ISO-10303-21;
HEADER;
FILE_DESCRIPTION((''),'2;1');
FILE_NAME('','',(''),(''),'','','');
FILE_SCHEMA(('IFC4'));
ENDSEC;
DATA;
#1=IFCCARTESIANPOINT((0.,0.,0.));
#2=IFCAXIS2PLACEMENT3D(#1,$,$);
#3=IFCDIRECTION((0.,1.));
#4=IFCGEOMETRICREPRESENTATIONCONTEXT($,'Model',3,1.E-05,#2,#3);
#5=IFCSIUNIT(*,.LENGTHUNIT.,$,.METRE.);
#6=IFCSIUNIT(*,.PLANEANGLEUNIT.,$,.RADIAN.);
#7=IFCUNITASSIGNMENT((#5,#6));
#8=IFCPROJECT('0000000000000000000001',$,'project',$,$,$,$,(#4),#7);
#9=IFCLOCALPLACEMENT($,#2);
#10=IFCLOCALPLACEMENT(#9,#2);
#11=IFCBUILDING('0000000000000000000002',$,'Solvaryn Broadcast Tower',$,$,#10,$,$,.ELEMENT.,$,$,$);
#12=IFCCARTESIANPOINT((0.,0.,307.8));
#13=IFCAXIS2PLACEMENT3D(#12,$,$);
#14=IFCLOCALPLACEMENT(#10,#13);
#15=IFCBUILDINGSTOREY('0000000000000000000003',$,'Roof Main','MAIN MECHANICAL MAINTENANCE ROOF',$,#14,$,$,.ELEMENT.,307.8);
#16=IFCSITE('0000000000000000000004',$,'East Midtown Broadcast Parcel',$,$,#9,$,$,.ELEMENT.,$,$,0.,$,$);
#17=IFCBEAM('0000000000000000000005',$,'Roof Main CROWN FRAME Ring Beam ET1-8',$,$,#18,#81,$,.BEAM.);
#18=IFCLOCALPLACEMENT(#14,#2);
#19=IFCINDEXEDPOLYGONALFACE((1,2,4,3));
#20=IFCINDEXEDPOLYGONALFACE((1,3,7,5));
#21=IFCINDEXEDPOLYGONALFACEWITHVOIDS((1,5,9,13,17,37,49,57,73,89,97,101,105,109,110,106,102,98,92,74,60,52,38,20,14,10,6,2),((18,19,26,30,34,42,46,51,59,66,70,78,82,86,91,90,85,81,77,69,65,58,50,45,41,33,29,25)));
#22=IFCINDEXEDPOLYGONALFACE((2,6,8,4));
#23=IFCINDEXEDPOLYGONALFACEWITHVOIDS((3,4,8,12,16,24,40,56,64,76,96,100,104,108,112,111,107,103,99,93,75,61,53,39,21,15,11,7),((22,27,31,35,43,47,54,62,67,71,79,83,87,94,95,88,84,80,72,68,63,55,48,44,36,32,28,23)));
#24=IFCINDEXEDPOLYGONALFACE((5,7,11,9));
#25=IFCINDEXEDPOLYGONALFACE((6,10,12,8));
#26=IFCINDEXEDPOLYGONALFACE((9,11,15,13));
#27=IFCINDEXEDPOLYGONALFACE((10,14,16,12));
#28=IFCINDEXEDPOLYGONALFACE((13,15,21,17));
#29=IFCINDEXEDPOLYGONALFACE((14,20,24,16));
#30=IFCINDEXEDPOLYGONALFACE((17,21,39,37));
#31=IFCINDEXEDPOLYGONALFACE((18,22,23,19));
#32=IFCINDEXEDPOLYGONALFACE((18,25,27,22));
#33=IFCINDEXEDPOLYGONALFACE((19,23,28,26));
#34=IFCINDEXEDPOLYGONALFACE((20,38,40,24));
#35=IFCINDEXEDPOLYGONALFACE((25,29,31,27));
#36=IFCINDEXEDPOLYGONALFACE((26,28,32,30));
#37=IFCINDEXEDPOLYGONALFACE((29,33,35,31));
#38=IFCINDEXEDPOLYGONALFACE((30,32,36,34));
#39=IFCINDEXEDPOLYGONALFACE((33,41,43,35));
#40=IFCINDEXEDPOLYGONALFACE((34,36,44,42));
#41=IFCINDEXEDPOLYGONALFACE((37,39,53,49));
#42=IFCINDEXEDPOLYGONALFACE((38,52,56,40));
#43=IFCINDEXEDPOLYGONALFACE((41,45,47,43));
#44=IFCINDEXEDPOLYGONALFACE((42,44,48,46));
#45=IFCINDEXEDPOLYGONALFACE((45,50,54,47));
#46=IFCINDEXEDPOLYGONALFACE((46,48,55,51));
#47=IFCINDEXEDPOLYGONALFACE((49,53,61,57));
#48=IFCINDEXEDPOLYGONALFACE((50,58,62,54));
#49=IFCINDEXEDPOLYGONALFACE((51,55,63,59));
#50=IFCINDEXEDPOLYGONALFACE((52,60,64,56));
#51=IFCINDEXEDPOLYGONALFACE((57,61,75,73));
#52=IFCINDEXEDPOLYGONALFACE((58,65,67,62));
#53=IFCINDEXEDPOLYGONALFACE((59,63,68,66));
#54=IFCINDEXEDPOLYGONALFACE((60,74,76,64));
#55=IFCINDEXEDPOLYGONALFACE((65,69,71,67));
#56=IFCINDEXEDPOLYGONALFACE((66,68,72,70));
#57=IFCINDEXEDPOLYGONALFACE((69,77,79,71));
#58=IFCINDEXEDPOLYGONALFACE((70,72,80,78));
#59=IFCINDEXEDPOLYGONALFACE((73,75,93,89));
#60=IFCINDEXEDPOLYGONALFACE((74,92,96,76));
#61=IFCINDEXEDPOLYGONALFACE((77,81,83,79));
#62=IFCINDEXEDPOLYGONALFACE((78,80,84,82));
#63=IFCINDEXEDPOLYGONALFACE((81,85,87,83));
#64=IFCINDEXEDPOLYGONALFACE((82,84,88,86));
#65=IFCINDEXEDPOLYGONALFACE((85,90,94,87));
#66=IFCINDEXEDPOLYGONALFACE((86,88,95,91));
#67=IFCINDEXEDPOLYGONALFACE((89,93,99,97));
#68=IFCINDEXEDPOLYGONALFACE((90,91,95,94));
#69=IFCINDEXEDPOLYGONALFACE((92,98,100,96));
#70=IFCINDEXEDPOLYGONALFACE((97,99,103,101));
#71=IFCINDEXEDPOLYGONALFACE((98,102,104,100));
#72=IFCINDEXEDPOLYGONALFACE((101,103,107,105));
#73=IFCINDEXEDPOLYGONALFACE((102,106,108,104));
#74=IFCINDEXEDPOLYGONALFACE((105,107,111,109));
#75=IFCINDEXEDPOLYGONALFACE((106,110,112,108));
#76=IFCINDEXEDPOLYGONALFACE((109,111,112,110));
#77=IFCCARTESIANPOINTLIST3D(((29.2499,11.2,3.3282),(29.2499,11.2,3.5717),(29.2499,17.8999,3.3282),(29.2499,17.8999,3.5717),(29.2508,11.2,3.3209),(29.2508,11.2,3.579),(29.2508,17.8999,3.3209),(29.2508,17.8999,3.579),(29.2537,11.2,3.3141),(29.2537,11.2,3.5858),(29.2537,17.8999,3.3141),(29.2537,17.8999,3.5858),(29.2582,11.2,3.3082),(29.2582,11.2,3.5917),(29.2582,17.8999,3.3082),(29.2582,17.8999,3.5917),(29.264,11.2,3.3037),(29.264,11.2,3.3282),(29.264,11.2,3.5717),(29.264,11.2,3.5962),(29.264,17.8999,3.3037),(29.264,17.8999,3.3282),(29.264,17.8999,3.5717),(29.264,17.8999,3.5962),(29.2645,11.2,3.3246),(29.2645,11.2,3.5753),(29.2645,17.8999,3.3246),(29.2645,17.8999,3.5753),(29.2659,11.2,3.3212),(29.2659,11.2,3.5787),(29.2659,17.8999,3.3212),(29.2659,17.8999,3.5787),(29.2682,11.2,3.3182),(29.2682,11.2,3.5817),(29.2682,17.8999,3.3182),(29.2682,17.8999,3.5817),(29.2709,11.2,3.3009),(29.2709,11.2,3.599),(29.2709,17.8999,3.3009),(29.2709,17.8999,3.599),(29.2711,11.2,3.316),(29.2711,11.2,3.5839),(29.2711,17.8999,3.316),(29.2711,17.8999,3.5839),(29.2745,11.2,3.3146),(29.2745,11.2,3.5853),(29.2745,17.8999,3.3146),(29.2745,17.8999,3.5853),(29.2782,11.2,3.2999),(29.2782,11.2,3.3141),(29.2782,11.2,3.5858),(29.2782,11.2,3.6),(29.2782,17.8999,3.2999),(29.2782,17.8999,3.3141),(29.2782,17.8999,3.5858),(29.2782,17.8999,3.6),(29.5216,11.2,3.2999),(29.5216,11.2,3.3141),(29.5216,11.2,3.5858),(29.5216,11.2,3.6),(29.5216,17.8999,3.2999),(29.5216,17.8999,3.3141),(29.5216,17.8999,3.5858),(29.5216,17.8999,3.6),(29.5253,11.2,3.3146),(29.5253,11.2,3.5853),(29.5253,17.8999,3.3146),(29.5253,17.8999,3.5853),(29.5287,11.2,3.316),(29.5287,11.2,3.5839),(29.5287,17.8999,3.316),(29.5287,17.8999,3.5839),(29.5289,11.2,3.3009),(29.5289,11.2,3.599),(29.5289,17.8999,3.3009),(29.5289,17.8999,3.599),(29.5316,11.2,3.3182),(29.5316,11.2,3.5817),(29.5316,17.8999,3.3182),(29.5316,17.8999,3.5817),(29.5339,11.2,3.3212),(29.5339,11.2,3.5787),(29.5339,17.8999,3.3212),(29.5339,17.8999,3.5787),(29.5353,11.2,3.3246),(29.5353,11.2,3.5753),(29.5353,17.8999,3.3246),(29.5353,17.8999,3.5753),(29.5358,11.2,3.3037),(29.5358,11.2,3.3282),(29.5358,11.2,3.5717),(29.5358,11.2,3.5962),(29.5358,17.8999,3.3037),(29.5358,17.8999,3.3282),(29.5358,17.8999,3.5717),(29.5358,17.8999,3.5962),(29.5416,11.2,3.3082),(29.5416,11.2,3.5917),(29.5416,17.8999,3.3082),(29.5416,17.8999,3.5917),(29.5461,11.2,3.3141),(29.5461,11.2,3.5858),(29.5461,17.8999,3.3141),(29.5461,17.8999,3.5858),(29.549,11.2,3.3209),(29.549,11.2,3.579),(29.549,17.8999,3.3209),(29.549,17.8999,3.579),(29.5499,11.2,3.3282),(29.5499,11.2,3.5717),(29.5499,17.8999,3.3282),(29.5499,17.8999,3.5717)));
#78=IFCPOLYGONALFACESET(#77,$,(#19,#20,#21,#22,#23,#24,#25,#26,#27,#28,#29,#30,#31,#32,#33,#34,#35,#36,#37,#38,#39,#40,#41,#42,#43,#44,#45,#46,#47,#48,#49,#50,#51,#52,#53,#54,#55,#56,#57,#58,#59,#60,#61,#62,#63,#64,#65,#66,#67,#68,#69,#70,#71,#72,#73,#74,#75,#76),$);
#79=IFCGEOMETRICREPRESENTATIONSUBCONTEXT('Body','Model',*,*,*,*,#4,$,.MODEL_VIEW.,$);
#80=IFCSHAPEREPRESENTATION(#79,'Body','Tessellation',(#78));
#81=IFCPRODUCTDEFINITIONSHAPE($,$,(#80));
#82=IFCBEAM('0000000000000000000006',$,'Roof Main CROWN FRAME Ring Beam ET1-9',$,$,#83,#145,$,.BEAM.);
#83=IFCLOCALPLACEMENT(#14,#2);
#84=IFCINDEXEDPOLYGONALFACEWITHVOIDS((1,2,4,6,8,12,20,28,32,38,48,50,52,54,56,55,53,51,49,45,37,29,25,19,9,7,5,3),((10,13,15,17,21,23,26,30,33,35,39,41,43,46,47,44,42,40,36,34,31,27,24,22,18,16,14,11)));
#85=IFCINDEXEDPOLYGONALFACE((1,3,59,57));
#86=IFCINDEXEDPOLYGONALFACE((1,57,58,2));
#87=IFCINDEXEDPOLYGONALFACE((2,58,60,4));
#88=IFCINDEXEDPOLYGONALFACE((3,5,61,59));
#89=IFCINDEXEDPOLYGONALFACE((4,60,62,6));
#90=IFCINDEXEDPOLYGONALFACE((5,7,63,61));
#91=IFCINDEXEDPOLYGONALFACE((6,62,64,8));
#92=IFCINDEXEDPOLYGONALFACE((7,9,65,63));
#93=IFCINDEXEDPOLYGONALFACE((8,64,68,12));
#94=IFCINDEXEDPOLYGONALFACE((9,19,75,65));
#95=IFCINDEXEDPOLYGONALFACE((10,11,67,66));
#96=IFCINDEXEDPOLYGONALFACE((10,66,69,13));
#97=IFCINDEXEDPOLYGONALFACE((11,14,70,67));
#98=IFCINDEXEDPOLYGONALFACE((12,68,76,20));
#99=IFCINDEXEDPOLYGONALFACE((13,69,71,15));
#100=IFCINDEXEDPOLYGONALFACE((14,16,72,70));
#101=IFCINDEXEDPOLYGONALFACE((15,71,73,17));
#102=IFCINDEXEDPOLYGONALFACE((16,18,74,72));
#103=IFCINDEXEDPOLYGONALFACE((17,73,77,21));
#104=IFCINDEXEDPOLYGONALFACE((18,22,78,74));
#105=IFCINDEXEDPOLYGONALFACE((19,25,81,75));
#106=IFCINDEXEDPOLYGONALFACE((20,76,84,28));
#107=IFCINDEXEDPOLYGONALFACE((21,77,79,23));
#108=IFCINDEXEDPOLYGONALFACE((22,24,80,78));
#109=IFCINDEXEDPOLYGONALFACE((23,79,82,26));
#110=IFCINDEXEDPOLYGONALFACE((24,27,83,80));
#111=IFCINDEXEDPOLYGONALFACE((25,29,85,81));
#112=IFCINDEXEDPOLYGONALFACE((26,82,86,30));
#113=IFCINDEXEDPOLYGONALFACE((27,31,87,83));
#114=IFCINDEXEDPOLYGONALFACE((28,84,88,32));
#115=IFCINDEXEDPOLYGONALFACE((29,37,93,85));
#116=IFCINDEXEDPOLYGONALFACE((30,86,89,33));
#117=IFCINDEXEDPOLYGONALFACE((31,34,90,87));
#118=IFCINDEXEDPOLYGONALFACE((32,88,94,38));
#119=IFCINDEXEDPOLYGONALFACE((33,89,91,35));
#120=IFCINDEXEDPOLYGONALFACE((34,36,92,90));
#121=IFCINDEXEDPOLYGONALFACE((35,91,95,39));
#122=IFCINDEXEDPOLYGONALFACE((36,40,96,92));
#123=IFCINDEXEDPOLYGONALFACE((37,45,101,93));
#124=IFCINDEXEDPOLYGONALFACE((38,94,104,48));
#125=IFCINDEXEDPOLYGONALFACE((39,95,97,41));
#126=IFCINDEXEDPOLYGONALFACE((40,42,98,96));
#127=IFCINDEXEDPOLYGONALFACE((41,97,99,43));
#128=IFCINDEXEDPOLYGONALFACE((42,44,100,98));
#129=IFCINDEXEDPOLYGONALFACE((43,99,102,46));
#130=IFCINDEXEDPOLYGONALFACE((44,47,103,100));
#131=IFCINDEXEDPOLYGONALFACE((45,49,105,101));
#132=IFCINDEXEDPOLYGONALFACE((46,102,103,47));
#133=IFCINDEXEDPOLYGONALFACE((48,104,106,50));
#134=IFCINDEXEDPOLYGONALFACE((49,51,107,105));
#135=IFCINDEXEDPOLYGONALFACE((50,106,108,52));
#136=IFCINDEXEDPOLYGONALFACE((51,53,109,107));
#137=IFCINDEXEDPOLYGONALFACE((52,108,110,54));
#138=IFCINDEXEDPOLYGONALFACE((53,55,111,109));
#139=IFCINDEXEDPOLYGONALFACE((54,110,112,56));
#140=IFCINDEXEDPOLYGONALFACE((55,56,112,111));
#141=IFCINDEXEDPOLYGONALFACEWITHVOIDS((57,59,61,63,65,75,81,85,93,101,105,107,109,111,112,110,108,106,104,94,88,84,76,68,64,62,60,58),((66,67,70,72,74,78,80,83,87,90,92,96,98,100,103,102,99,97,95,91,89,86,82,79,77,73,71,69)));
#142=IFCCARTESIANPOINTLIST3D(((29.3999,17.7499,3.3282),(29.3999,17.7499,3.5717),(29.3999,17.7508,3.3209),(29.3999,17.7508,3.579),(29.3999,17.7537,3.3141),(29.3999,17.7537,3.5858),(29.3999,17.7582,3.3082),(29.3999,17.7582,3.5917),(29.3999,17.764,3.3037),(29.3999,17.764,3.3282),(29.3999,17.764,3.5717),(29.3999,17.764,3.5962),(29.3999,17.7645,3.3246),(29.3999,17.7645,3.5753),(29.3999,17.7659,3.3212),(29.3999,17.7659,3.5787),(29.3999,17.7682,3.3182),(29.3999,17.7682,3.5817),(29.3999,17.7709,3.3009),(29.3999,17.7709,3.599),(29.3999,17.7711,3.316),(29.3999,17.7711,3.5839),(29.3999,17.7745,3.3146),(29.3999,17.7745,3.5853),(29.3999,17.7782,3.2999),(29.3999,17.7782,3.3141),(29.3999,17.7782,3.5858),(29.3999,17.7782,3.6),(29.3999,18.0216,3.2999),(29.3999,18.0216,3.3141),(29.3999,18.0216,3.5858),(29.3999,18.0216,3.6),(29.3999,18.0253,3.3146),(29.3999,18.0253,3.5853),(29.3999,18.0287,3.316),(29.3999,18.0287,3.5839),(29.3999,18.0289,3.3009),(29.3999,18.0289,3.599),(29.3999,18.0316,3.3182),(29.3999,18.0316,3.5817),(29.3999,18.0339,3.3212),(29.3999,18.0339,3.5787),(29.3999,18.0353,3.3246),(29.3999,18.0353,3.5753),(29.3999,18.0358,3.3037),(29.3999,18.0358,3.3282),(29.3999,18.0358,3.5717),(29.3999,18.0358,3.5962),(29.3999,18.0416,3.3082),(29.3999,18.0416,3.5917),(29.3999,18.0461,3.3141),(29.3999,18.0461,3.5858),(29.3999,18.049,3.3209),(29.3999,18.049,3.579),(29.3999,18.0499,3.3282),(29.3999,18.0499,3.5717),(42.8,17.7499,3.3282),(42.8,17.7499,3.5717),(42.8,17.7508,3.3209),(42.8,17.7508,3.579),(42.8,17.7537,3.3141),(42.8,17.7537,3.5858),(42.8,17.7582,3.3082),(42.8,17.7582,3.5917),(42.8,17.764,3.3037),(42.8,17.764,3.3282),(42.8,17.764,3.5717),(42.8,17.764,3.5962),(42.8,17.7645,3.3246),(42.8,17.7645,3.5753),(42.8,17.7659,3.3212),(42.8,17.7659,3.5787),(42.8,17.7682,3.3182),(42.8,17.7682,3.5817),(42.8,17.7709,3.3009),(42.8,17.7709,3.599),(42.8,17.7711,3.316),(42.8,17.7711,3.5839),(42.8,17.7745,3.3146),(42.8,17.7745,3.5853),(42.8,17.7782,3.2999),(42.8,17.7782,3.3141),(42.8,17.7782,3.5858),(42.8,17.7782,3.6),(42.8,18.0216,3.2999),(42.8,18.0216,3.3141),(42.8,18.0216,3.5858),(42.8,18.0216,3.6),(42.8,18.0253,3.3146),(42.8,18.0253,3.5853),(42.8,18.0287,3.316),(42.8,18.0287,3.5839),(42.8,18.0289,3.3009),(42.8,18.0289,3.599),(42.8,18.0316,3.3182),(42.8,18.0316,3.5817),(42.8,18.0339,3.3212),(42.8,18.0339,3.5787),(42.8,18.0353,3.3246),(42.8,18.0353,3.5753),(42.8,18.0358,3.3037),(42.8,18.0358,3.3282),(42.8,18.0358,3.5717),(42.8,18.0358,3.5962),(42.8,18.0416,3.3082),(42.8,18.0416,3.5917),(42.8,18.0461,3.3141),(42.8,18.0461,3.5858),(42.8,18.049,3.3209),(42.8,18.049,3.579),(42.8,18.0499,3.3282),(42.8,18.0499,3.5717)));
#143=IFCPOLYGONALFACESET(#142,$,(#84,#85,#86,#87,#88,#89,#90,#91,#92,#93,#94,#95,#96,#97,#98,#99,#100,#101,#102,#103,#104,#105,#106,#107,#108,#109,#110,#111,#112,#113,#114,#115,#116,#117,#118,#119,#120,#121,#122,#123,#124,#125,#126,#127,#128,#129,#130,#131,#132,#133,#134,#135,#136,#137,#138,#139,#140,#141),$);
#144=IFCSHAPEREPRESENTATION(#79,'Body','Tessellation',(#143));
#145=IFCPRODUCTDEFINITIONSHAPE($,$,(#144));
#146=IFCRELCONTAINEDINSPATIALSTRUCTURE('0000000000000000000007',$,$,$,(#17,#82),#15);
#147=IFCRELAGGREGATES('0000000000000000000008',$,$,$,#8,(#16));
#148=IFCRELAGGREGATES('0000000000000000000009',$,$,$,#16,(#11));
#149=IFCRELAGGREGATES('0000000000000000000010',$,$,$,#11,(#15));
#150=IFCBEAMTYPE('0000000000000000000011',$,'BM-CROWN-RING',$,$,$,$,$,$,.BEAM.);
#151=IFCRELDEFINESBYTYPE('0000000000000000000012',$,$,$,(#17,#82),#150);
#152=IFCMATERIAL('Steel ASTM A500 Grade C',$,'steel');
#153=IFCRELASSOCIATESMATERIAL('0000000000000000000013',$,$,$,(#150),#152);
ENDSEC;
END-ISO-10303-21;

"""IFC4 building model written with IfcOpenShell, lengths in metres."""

from ifc_helpers import new_model, si_unit, direction, frame, origin, origin_2d, place, context, subcontext, project, spatial, hollow_rectangle, extrude, material, material_profile, profile_set, type_object, element, save


model = new_model("IFC4")

# Units and contexts
model_context = context("Model", 3, precision=1e-05, world=origin(), true_north=direction((0.0, 1.0)))
body_context = subcontext(model_context, "Body", "Model", "MODEL_VIEW")
ifc_project = project(units=[si_unit("LENGTHUNIT", "METRE"), si_unit("PLANEANGLEUNIT", "RADIAN")], contexts=[model_context])

# Site, building, storey
site_placement = place(None, origin())
site = spatial("IfcSite", under=ifc_project, at=site_placement, Name="East Midtown Broadcast Parcel", CompositionType="ELEMENT", RefElevation=0.0)
building_placement = place(site_placement, origin())
building = spatial("IfcBuilding", under=site, at=building_placement, Name="Solvaryn Broadcast Tower", CompositionType="ELEMENT")
storey_placement = place(building_placement, frame((0.0, 0.0, 307.8)))
storey = spatial("IfcBuildingStorey", under=building, at=storey_placement, Name="Roof Main", Description="MAIN MECHANICAL MAINTENANCE ROOF", CompositionType="ELEMENT", Elevation=307.8)

# Beams
ifc_material_1 = material(Name="Steel ASTM A500 Grade C", Category="steel")
ifc_material_profile_1 = material_profile(ifc_material_1, hollow_rectangle(XDim=0.3, YDim=0.3, WallThickness=0.0142, InnerFilletRadius=0.0142, OuterFilletRadius=0.0283, at=origin_2d()))
ifc_profile_set_1 = profile_set([ifc_material_profile_1], Name="Steel ASTM A500 Grade C")
beam_type_1 = type_object("IfcBeamType", Name="BM-CROWN-RING", PredefinedType="BEAM", material=ifc_profile_set_1)
beam_1_placement = place(storey_placement, frame((29.3999, 17.8999, 3.45), z_axis=(0.0, -1.0, 0.0), x_axis=(1.0, 0.0, 0.0)))
element("IfcBeam", 1, at=beam_1_placement, inside=storey, type_object=beam_type_1, Name="Roof Main CROWN FRAME Ring Beam ET1-8", PredefinedType="BEAM", context=body_context, shape_type="SweptSolid", body=[
    extrude(hollow_rectangle(XDim=0.3, YDim=0.3, WallThickness=0.0142, InnerFilletRadius=0.0142, OuterFilletRadius=0.0283, at=origin_2d()), origin(), (0.0, 0.0, 1.0), 6.7),
])
beam_2_placement = place(storey_placement, frame((29.3999, 17.8999, 3.45), z_axis=(1.0, 0.0, 0.0), x_axis=(0.0, 1.0, 0.0)))
element("IfcBeam", 2, at=beam_2_placement, inside=storey, type_object=beam_type_1, Name="Roof Main CROWN FRAME Ring Beam ET1-9", PredefinedType="BEAM", context=body_context, shape_type="SweptSolid", body=[
    extrude(hollow_rectangle(XDim=0.3, YDim=0.3, WallThickness=0.0142, InnerFilletRadius=0.0142, OuterFilletRadius=0.0283, at=origin_2d()), origin(), (0.0, 0.0, 1.0), 13.4001),
])

save(model, "model.ifc")
